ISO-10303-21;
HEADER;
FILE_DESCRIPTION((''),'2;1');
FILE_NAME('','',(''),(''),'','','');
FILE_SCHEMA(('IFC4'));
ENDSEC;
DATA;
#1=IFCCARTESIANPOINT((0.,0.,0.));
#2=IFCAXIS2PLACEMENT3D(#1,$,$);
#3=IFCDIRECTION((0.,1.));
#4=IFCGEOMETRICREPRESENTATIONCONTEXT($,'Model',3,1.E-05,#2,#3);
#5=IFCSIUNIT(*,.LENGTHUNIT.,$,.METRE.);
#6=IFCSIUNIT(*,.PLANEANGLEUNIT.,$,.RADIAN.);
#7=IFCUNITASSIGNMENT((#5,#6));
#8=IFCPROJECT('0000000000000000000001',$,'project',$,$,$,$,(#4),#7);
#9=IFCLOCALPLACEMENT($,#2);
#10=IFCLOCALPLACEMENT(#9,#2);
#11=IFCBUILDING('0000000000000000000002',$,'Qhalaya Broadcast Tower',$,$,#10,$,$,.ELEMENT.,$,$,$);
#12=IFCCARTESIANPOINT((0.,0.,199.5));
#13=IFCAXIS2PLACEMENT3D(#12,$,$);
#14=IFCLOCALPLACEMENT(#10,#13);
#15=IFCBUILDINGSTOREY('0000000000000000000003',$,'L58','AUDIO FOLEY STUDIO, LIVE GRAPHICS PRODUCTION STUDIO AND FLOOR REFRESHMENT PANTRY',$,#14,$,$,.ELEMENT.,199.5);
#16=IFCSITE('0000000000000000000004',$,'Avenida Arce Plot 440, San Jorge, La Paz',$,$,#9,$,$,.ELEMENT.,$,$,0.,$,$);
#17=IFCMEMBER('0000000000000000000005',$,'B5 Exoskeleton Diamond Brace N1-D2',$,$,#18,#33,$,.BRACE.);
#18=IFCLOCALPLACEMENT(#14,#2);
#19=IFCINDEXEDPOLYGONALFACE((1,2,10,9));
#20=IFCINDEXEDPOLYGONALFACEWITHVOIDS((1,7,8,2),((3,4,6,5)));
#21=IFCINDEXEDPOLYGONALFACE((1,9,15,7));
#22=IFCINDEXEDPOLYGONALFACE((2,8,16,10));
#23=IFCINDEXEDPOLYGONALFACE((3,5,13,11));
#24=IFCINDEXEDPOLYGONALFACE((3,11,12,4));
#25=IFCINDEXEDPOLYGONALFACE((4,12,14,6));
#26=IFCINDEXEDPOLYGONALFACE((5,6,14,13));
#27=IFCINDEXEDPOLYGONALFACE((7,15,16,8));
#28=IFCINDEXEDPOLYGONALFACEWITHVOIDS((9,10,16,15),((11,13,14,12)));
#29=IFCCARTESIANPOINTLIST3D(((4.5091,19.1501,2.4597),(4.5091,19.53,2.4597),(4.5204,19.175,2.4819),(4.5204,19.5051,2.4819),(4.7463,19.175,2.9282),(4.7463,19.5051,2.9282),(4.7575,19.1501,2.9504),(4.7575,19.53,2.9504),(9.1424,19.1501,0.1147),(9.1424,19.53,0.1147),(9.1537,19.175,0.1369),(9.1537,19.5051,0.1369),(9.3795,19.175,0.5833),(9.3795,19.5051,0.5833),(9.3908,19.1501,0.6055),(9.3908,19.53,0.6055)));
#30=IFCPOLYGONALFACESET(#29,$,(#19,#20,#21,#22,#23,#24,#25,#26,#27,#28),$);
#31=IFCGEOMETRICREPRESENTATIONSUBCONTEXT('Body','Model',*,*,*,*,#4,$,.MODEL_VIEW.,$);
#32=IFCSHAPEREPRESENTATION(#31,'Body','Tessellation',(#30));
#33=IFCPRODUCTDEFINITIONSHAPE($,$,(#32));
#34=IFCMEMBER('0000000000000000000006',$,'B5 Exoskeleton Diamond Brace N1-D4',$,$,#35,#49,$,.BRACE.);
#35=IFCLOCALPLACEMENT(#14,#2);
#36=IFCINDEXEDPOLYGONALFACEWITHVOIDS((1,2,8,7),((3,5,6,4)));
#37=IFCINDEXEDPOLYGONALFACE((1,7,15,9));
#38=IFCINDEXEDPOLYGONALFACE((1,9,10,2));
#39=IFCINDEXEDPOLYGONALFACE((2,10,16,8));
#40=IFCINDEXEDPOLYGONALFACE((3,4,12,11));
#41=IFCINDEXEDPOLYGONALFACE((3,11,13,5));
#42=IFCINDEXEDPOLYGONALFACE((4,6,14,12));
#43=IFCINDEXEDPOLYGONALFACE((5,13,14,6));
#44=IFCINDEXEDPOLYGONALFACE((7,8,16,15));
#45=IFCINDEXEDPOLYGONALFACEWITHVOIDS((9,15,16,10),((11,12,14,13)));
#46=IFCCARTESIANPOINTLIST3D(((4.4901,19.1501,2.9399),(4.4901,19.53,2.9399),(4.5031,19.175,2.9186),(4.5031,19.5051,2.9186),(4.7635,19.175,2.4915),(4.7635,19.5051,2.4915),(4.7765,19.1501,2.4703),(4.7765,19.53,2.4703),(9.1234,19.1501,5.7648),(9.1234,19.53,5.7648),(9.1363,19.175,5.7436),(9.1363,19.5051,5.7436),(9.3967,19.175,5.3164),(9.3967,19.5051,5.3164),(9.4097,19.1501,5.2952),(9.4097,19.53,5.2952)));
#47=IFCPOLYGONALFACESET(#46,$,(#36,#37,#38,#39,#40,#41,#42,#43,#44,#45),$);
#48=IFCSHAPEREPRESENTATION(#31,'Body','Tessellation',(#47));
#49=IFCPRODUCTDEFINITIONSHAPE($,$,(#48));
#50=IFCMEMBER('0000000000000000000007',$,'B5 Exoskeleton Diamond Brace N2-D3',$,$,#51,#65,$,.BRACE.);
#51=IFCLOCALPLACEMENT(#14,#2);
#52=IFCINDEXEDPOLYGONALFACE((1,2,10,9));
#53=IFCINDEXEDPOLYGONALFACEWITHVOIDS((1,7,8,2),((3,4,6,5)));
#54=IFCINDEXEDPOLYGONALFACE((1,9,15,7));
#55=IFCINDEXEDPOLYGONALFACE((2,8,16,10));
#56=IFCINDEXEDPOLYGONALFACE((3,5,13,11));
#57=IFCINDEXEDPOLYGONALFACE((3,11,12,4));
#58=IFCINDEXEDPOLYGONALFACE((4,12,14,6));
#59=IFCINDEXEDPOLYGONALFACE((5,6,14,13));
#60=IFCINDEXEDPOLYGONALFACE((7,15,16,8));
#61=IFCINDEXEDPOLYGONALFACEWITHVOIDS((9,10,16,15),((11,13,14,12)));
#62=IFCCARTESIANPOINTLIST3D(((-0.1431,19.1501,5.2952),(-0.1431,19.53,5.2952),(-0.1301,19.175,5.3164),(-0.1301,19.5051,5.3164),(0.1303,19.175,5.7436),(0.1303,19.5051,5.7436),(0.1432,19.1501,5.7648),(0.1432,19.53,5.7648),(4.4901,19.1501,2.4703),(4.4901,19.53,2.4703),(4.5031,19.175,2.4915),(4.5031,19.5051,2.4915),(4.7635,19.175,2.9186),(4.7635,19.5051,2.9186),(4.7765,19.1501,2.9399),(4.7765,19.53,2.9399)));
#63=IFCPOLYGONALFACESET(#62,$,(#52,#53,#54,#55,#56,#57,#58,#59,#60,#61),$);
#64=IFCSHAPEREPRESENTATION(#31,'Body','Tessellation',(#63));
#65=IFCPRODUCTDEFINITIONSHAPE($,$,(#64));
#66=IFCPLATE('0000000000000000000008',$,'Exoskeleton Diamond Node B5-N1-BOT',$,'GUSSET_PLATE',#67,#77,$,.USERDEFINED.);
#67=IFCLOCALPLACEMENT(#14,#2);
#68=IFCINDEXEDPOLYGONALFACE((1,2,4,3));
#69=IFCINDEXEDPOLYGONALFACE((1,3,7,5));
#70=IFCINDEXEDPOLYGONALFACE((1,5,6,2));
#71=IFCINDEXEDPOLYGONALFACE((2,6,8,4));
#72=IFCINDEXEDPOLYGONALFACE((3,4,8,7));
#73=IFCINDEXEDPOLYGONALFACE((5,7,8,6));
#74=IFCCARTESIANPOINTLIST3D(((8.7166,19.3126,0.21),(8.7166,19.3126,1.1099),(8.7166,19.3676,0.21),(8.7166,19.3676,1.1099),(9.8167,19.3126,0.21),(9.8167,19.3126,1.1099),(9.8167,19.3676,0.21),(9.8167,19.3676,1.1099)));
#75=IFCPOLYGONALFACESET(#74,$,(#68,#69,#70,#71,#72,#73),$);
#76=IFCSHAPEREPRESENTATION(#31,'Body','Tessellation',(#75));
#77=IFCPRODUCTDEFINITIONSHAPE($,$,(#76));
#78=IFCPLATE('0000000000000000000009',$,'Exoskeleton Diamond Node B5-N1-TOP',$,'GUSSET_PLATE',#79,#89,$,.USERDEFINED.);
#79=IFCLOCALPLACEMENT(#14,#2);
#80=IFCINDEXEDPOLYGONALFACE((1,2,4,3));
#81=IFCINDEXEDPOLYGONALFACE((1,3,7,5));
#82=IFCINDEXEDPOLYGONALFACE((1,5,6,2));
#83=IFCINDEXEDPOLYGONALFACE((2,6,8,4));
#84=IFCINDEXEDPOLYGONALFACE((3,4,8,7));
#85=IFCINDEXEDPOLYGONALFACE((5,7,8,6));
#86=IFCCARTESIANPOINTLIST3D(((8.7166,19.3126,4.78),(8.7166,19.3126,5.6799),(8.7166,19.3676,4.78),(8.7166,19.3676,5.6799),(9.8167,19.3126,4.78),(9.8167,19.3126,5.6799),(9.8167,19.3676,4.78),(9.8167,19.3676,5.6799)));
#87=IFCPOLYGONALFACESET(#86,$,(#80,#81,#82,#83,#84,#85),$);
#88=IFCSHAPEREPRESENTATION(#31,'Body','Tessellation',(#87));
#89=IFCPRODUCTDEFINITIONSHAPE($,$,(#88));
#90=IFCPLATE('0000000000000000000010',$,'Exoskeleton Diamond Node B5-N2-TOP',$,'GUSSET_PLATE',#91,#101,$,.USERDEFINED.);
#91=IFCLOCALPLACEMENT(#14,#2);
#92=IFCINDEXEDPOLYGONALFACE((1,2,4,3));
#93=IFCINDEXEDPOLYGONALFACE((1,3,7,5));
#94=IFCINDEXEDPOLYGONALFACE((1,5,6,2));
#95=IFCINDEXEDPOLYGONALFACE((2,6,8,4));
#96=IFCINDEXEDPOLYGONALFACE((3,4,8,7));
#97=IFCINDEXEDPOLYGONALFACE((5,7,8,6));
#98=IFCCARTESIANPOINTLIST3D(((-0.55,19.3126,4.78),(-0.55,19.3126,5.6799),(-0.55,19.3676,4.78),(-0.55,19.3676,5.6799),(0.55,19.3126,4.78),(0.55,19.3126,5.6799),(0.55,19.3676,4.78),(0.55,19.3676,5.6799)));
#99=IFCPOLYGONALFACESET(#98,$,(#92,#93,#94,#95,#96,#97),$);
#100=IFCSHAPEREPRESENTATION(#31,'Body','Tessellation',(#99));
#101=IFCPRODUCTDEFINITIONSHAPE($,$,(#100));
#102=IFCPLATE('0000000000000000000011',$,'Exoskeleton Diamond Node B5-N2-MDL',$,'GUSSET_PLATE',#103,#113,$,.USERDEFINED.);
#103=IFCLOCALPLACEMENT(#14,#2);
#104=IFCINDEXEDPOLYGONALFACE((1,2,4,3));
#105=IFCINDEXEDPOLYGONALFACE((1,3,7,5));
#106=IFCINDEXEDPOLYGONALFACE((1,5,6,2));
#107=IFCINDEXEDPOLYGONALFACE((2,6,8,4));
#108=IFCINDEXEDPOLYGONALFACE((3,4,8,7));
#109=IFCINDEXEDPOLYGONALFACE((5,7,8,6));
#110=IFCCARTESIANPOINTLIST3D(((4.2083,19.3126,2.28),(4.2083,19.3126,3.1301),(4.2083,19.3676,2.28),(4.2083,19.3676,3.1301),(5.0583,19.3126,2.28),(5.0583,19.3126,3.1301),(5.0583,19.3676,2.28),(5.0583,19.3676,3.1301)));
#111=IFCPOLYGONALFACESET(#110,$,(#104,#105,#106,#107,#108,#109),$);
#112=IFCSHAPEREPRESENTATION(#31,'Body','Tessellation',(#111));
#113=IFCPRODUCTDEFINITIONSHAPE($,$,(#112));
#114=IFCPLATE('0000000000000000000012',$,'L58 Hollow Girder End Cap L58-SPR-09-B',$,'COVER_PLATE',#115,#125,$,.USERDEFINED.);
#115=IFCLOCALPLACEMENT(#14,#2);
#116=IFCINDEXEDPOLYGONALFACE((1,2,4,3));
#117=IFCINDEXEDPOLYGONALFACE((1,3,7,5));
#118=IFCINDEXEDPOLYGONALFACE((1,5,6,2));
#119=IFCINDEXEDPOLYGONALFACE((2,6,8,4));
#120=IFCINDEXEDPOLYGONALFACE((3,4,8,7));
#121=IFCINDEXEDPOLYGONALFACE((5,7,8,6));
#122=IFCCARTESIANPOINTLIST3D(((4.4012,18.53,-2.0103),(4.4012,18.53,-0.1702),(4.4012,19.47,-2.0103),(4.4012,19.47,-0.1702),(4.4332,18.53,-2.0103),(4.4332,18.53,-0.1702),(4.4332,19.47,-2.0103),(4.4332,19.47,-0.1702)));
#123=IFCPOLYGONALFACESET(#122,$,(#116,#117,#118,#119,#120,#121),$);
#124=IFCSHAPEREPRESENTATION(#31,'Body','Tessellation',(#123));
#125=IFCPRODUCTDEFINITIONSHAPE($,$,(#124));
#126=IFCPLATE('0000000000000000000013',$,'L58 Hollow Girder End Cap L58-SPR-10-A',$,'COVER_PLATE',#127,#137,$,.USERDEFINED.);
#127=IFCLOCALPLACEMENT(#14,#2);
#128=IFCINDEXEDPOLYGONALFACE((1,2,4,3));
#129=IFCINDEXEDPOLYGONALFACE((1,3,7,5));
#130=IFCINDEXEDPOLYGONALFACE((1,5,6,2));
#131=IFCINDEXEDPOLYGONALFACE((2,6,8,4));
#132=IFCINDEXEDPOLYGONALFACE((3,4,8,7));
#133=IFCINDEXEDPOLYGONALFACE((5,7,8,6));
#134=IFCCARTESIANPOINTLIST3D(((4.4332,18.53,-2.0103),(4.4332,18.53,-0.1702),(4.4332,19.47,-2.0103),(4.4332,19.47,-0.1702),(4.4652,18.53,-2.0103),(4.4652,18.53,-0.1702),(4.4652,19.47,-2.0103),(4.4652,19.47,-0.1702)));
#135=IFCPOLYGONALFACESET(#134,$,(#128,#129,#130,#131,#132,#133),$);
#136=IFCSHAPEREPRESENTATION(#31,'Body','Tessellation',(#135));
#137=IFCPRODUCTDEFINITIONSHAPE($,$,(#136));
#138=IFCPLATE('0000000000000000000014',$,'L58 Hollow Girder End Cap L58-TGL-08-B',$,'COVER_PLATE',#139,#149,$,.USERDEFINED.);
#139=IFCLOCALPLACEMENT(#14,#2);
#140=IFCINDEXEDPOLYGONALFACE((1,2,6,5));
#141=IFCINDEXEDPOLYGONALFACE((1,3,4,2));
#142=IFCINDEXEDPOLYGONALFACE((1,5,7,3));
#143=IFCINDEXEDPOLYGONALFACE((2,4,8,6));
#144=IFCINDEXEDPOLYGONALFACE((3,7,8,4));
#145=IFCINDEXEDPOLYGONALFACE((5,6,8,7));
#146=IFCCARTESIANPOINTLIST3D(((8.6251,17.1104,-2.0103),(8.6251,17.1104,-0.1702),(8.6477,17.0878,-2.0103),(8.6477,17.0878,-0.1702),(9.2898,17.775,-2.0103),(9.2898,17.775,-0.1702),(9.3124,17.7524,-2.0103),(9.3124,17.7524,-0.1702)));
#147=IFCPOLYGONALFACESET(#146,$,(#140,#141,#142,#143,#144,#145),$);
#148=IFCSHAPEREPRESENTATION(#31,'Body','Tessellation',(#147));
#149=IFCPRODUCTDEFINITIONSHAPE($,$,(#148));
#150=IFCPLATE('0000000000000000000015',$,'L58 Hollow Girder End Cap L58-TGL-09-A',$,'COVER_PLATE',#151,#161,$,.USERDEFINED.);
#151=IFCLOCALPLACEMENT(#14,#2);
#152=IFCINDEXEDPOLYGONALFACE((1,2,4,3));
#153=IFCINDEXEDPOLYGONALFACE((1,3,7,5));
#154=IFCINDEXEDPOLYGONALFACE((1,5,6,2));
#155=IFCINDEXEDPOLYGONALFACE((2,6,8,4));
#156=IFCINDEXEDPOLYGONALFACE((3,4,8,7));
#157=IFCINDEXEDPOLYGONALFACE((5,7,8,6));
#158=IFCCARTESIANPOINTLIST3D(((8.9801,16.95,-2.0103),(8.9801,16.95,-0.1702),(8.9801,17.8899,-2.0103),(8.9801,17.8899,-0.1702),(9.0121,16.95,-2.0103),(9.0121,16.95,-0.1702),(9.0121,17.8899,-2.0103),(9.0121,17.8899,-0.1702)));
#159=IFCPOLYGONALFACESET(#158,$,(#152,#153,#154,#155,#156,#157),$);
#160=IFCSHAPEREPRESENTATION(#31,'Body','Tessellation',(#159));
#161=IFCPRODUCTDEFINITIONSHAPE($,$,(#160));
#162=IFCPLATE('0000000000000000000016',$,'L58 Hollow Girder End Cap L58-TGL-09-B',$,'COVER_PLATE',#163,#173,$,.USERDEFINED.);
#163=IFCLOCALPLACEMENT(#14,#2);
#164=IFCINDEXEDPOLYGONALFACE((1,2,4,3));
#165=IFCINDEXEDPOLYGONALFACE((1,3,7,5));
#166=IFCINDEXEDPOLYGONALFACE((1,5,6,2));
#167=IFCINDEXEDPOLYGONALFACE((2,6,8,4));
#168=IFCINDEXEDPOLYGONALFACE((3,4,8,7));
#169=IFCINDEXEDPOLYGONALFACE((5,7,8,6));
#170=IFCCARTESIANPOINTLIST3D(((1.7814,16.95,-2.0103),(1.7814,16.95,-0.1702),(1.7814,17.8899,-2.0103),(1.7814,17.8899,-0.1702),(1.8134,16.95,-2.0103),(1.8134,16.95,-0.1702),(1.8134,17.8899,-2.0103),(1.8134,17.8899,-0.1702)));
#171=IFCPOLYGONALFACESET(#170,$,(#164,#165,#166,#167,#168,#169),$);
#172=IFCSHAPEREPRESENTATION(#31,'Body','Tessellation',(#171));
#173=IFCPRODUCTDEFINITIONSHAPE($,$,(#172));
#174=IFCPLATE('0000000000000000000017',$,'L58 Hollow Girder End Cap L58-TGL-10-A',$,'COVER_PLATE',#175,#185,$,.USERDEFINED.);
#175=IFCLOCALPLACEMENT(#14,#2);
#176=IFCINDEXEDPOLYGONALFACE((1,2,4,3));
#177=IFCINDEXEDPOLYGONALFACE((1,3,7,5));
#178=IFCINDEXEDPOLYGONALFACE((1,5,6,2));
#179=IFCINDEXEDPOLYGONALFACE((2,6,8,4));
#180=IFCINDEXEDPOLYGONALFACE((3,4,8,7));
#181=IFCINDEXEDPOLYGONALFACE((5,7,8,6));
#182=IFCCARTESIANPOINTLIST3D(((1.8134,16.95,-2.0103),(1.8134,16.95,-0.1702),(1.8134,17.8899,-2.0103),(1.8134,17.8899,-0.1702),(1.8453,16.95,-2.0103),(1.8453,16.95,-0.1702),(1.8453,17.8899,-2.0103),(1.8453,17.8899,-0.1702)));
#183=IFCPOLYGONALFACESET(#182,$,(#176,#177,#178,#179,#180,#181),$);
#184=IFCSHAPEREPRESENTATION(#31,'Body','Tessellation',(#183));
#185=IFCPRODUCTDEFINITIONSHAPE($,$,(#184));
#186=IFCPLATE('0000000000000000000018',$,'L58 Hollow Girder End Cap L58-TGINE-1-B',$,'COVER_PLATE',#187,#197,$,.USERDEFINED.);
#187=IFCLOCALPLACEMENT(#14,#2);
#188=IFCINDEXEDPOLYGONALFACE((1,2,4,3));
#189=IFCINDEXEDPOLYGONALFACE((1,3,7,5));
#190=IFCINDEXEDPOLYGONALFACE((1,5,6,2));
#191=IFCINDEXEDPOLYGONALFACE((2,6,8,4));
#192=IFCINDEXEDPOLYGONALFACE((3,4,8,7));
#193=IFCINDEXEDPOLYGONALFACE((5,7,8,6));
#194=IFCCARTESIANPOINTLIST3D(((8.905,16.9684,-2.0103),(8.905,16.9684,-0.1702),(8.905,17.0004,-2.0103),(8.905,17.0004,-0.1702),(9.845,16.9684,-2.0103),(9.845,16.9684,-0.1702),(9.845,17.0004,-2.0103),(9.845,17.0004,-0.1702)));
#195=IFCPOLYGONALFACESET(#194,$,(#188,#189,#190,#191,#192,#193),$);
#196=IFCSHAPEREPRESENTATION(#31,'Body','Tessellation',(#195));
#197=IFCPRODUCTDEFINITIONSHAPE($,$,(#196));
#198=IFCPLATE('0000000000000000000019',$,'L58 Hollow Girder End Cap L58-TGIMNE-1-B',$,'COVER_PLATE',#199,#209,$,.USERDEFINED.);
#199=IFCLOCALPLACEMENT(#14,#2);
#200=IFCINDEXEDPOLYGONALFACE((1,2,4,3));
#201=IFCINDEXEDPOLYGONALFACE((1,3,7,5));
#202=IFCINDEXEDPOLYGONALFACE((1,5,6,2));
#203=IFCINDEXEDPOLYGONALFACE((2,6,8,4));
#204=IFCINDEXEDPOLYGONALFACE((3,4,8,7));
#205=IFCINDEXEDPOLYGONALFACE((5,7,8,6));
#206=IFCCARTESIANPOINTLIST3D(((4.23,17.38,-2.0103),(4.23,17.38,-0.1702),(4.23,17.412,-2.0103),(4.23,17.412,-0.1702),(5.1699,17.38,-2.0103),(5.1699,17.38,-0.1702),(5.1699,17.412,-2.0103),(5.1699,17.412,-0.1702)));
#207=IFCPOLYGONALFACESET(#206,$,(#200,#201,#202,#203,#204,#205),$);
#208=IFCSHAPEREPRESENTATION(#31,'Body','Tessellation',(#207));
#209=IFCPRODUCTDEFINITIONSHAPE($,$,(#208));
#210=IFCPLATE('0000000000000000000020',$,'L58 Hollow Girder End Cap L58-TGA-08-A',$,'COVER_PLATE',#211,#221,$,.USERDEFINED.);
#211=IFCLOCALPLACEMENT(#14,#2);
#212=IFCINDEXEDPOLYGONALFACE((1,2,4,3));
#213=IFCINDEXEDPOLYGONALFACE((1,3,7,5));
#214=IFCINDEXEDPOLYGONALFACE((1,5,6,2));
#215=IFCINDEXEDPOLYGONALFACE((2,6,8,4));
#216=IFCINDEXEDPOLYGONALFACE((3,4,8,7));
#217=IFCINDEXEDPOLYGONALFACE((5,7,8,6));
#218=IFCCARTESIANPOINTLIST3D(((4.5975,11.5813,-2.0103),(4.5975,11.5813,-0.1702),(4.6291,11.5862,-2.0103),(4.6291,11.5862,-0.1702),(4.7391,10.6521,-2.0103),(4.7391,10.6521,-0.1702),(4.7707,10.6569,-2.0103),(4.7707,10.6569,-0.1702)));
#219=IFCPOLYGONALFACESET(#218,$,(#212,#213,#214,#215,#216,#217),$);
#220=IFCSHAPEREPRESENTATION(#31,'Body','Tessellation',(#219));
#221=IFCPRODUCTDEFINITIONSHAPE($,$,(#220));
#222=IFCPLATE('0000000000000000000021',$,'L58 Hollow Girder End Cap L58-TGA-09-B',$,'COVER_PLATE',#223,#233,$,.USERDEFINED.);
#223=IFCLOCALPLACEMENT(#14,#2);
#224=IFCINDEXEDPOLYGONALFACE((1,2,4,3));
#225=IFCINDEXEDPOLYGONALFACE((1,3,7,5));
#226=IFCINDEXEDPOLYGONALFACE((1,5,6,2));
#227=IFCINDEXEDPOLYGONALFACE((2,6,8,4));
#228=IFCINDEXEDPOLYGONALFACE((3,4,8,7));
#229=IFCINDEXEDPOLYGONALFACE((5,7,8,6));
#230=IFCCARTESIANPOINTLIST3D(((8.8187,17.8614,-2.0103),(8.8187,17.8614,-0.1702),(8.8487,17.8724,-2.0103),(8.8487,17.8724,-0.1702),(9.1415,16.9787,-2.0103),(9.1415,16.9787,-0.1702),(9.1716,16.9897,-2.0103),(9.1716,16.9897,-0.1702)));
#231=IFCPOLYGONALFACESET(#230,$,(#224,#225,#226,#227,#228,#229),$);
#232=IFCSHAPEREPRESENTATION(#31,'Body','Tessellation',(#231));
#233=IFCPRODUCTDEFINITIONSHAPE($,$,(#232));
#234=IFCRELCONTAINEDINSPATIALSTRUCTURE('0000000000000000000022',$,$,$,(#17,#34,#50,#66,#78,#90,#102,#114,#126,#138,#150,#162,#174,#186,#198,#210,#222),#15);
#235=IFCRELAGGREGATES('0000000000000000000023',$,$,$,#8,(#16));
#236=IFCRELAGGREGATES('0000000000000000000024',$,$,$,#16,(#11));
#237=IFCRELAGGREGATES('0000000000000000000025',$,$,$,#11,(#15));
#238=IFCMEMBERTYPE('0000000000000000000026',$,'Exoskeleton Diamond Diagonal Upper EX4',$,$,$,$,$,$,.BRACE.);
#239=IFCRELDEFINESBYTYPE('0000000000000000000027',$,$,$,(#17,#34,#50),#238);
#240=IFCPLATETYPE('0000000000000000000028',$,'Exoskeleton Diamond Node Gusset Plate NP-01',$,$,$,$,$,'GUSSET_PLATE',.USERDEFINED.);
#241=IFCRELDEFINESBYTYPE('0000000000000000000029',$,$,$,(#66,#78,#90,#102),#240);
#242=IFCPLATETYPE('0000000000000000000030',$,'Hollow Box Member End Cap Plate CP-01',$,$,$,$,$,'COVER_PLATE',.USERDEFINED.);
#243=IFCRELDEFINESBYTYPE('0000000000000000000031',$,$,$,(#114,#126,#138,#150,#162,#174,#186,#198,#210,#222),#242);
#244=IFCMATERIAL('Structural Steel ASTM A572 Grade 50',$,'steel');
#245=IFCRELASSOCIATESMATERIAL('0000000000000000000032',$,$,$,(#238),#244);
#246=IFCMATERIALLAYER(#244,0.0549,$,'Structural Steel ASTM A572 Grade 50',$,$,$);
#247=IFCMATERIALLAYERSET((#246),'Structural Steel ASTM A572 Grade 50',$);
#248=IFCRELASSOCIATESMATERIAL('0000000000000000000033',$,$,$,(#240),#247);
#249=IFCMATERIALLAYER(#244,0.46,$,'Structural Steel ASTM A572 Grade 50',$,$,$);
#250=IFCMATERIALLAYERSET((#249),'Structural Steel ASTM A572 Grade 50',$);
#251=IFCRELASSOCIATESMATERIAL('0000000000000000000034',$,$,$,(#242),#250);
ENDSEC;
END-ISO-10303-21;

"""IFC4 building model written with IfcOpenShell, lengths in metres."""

from ifc_helpers import new_model, si_unit, direction, frame, origin, origin_2d, place, context, subcontext, project, spatial, rectangle, hollow_rectangle, extrude, material, layer, layer_set, material_profile, profile_set, type_object, element, save


model = new_model("IFC4")

# Units and contexts
model_context = context("Model", 3, precision=1e-05, world=origin(), true_north=direction((0.0, 1.0)))
body_context = subcontext(model_context, "Body", "Model", "MODEL_VIEW")
ifc_project = project(units=[si_unit("LENGTHUNIT", "METRE"), si_unit("PLANEANGLEUNIT", "RADIAN")], contexts=[model_context])

# Site, building, storey
site_placement = place(None, origin())
site = spatial("IfcSite", under=ifc_project, at=site_placement, Name="Avenida Arce Plot 440, San Jorge, La Paz", CompositionType="ELEMENT", RefElevation=0.0)
building_placement = place(site_placement, origin())
building = spatial("IfcBuilding", under=site, at=building_placement, Name="Qhalaya Broadcast Tower", CompositionType="ELEMENT")
storey_placement = place(building_placement, frame((0.0, 0.0, 199.5)))
storey = spatial("IfcBuildingStorey", under=building, at=storey_placement, Name="L58", Description="AUDIO FOLEY STUDIO, LIVE GRAPHICS PRODUCTION STUDIO AND FLOOR REFRESHMENT PANTRY", CompositionType="ELEMENT", Elevation=199.5)

# Shared definitions
ifc_material_1 = material(Name="Structural Steel ASTM A572 Grade 50", Category="steel")

# Members
ifc_material_profile_1 = material_profile(ifc_material_1, hollow_rectangle(XDim=0.3799, YDim=0.55, WallThickness=0.0249, at=origin_2d()), Name="BOX 380x550x25")
ifc_profile_set_1 = profile_set([ifc_material_profile_1], Name="Structural Steel ASTM A572 Grade 50")
member_type = type_object("IfcMemberType", Name="Exoskeleton Diamond Diagonal Upper EX4", PredefinedType="BRACE", material=ifc_profile_set_1)
for number, where, z_axis, x_axis, name in (
    (1, (9.2666, 19.3401, 0.3601), (-0.892235, 0.0, 0.451571), (0.0, -1.0, 0.0), "B5 Exoskeleton Diamond Brace N1-D2"),
):
    element("IfcMember", number, at=place(storey_placement, frame(where, z_axis=z_axis, x_axis=x_axis)), inside=storey, type_object=member_type, Name=name, PredefinedType="BRACE", context=body_context, shape_type="SweptSolid", body=[
        extrude(hollow_rectangle(XDim=0.3799, YDim=0.55, WallThickness=0.0249, at=origin_2d()), origin(), (0.0, 0.0, 1.0), 5.1929),
    ])
for number, where, z_axis, x_axis, name in (
    (2, (4.6333, 19.3401, 2.7051), (0.853815, 0.0, 0.520576), (0.0, 1.0, 0.0), "B5 Exoskeleton Diamond Brace N1-D4"),
    (3, (4.6333, 19.3401, 2.7051), (-0.853815, 0.0, 0.520576), (0.0, -1.0, 0.0), "B5 Exoskeleton Diamond Brace N2-D3"),
):
    element("IfcMember", number, at=place(storey_placement, frame(where, z_axis=z_axis, x_axis=x_axis)), inside=storey, type_object=member_type, Name=name, PredefinedType="BRACE", context=body_context, shape_type="SweptSolid", body=[
        extrude(hollow_rectangle(XDim=0.3799, YDim=0.55, WallThickness=0.0249, at=origin_2d()), origin(), (0.0, 0.0, 1.0), 5.4265),
    ])

# Plates
ifc_layer_1 = layer(ifc_material_1, 0.0549, Name="Structural Steel ASTM A572 Grade 50")
ifc_layer_set_1 = layer_set([ifc_layer_1], Name="Structural Steel ASTM A572 Grade 50")
plate_type_1 = type_object("IfcPlateType", Name="Exoskeleton Diamond Node Gusset Plate NP-01", ElementType="GUSSET_PLATE", PredefinedType="USERDEFINED", material=ifc_layer_set_1)
for number, where, z_axis, x_axis, name in (
    (4, (9.2666, 19.3401, 0.21), (0.0, 0.0, 1.0), (1.0, 0.0, 0.0), "Exoskeleton Diamond Node B5-N1-BOT"),
    (5, (9.2666, 19.3401, 4.78), (0.0, 0.0, 1.0), (1.0, 0.0, 0.0), "Exoskeleton Diamond Node B5-N1-TOP"),
    (6, (0.0, 19.3401, 4.78), (0.0, 0.0, 1.0), (1.0, 0.0, 0.0), "Exoskeleton Diamond Node B5-N2-TOP"),
):
    element("IfcPlate", number, at=place(storey_placement, frame(where, z_axis=z_axis, x_axis=x_axis)), inside=storey, type_object=plate_type_1, Name=name, ObjectType="GUSSET_PLATE", PredefinedType="USERDEFINED", context=body_context, shape_type="SweptSolid", body=[
        extrude(rectangle(XDim=1.1001, YDim=0.0549, at=origin_2d()), origin(), (0.0, 0.0, 1.0), 0.8999),
    ])
plate_1_placement = place(storey_placement, frame((4.6333, 19.3401, 2.28), z_axis=(0.0, 0.0, 1.0), x_axis=(1.0, 0.0, 0.0)))
element("IfcPlate", 7, at=plate_1_placement, inside=storey, type_object=plate_type_1, Name="Exoskeleton Diamond Node B5-N2-MDL", ObjectType="GUSSET_PLATE", PredefinedType="USERDEFINED", context=body_context, shape_type="SweptSolid", body=[
    extrude(rectangle(XDim=0.8501, YDim=0.0549, at=origin_2d()), origin(), (0.0, 0.0, 1.0), 0.8501),
])
ifc_layer_2 = layer(ifc_material_1, 0.46, Name="Structural Steel ASTM A572 Grade 50")
ifc_layer_set_2 = layer_set([ifc_layer_2], Name="Structural Steel ASTM A572 Grade 50")
plate_type_2 = type_object("IfcPlateType", Name="Hollow Box Member End Cap Plate CP-01", ElementType="COVER_PLATE", PredefinedType="USERDEFINED", material=ifc_layer_set_2)
for number, where, z_axis, x_axis, name in (
    (8, (4.4172, 19.0, -2.0103), (0.0, 0.0, 1.0), (0.0, -1.0, 0.0), "L58 Hollow Girder End Cap L58-SPR-09-B"),
    (9, (4.4492, 19.0, -2.0103), (0.0, 0.0, 1.0), (0.0, -1.0, 0.0), "L58 Hollow Girder End Cap L58-SPR-10-A"),
    (10, (8.9688, 17.4314, -2.0103), (0.0, 0.0, 1.0), (-0.707107, -0.707107, 0.0), "L58 Hollow Girder End Cap L58-TGL-08-B"),
    (11, (8.9961, 17.4199, -2.0103), (0.0, 0.0, 1.0), (0.0, -1.0, 0.0), "L58 Hollow Girder End Cap L58-TGL-09-A"),
    (12, (1.7974, 17.4199, -2.0103), (0.0, 0.0, 1.0), (0.0, -1.0, 0.0), "L58 Hollow Girder End Cap L58-TGL-09-B"),
    (13, (1.8293, 17.4199, -2.0103), (0.0, 0.0, 1.0), (0.0, -1.0, 0.0), "L58 Hollow Girder End Cap L58-TGL-10-A"),
    (14, (9.375, 16.9844, -2.0103), (0.0, 0.0, 1.0), (-1.0, 0.0, 0.0), "L58 Hollow Girder End Cap L58-TGINE-1-B"),
    (15, (4.7, 17.396, -2.0103), (0.0, 0.0, 1.0), (-1.0, 0.0, 0.0), "L58 Hollow Girder End Cap L58-TGIMNE-1-B"),
    (16, (4.6841, 11.1191, -2.0103), (0.0, 0.0, 1.0), (-0.150605, 0.988594, 0.0), "L58 Hollow Girder End Cap L58-TGA-08-A"),
    (17, (8.9951, 17.4255, -2.0103), (0.0, 0.0, 1.0), (-0.343496, 0.939154, 0.0), "L58 Hollow Girder End Cap L58-TGA-09-B"),
):
    element("IfcPlate", number, at=place(storey_placement, frame(where, z_axis=z_axis, x_axis=x_axis)), inside=storey, type_object=plate_type_2, Name=name, ObjectType="COVER_PLATE", PredefinedType="USERDEFINED", context=body_context, shape_type="SweptSolid", body=[
        extrude(rectangle(XDim=0.9399, YDim=0.032, at=origin_2d()), origin(), (0.0, 0.0, 1.0), 1.8401),
    ])

save(model, "model.ifc")
